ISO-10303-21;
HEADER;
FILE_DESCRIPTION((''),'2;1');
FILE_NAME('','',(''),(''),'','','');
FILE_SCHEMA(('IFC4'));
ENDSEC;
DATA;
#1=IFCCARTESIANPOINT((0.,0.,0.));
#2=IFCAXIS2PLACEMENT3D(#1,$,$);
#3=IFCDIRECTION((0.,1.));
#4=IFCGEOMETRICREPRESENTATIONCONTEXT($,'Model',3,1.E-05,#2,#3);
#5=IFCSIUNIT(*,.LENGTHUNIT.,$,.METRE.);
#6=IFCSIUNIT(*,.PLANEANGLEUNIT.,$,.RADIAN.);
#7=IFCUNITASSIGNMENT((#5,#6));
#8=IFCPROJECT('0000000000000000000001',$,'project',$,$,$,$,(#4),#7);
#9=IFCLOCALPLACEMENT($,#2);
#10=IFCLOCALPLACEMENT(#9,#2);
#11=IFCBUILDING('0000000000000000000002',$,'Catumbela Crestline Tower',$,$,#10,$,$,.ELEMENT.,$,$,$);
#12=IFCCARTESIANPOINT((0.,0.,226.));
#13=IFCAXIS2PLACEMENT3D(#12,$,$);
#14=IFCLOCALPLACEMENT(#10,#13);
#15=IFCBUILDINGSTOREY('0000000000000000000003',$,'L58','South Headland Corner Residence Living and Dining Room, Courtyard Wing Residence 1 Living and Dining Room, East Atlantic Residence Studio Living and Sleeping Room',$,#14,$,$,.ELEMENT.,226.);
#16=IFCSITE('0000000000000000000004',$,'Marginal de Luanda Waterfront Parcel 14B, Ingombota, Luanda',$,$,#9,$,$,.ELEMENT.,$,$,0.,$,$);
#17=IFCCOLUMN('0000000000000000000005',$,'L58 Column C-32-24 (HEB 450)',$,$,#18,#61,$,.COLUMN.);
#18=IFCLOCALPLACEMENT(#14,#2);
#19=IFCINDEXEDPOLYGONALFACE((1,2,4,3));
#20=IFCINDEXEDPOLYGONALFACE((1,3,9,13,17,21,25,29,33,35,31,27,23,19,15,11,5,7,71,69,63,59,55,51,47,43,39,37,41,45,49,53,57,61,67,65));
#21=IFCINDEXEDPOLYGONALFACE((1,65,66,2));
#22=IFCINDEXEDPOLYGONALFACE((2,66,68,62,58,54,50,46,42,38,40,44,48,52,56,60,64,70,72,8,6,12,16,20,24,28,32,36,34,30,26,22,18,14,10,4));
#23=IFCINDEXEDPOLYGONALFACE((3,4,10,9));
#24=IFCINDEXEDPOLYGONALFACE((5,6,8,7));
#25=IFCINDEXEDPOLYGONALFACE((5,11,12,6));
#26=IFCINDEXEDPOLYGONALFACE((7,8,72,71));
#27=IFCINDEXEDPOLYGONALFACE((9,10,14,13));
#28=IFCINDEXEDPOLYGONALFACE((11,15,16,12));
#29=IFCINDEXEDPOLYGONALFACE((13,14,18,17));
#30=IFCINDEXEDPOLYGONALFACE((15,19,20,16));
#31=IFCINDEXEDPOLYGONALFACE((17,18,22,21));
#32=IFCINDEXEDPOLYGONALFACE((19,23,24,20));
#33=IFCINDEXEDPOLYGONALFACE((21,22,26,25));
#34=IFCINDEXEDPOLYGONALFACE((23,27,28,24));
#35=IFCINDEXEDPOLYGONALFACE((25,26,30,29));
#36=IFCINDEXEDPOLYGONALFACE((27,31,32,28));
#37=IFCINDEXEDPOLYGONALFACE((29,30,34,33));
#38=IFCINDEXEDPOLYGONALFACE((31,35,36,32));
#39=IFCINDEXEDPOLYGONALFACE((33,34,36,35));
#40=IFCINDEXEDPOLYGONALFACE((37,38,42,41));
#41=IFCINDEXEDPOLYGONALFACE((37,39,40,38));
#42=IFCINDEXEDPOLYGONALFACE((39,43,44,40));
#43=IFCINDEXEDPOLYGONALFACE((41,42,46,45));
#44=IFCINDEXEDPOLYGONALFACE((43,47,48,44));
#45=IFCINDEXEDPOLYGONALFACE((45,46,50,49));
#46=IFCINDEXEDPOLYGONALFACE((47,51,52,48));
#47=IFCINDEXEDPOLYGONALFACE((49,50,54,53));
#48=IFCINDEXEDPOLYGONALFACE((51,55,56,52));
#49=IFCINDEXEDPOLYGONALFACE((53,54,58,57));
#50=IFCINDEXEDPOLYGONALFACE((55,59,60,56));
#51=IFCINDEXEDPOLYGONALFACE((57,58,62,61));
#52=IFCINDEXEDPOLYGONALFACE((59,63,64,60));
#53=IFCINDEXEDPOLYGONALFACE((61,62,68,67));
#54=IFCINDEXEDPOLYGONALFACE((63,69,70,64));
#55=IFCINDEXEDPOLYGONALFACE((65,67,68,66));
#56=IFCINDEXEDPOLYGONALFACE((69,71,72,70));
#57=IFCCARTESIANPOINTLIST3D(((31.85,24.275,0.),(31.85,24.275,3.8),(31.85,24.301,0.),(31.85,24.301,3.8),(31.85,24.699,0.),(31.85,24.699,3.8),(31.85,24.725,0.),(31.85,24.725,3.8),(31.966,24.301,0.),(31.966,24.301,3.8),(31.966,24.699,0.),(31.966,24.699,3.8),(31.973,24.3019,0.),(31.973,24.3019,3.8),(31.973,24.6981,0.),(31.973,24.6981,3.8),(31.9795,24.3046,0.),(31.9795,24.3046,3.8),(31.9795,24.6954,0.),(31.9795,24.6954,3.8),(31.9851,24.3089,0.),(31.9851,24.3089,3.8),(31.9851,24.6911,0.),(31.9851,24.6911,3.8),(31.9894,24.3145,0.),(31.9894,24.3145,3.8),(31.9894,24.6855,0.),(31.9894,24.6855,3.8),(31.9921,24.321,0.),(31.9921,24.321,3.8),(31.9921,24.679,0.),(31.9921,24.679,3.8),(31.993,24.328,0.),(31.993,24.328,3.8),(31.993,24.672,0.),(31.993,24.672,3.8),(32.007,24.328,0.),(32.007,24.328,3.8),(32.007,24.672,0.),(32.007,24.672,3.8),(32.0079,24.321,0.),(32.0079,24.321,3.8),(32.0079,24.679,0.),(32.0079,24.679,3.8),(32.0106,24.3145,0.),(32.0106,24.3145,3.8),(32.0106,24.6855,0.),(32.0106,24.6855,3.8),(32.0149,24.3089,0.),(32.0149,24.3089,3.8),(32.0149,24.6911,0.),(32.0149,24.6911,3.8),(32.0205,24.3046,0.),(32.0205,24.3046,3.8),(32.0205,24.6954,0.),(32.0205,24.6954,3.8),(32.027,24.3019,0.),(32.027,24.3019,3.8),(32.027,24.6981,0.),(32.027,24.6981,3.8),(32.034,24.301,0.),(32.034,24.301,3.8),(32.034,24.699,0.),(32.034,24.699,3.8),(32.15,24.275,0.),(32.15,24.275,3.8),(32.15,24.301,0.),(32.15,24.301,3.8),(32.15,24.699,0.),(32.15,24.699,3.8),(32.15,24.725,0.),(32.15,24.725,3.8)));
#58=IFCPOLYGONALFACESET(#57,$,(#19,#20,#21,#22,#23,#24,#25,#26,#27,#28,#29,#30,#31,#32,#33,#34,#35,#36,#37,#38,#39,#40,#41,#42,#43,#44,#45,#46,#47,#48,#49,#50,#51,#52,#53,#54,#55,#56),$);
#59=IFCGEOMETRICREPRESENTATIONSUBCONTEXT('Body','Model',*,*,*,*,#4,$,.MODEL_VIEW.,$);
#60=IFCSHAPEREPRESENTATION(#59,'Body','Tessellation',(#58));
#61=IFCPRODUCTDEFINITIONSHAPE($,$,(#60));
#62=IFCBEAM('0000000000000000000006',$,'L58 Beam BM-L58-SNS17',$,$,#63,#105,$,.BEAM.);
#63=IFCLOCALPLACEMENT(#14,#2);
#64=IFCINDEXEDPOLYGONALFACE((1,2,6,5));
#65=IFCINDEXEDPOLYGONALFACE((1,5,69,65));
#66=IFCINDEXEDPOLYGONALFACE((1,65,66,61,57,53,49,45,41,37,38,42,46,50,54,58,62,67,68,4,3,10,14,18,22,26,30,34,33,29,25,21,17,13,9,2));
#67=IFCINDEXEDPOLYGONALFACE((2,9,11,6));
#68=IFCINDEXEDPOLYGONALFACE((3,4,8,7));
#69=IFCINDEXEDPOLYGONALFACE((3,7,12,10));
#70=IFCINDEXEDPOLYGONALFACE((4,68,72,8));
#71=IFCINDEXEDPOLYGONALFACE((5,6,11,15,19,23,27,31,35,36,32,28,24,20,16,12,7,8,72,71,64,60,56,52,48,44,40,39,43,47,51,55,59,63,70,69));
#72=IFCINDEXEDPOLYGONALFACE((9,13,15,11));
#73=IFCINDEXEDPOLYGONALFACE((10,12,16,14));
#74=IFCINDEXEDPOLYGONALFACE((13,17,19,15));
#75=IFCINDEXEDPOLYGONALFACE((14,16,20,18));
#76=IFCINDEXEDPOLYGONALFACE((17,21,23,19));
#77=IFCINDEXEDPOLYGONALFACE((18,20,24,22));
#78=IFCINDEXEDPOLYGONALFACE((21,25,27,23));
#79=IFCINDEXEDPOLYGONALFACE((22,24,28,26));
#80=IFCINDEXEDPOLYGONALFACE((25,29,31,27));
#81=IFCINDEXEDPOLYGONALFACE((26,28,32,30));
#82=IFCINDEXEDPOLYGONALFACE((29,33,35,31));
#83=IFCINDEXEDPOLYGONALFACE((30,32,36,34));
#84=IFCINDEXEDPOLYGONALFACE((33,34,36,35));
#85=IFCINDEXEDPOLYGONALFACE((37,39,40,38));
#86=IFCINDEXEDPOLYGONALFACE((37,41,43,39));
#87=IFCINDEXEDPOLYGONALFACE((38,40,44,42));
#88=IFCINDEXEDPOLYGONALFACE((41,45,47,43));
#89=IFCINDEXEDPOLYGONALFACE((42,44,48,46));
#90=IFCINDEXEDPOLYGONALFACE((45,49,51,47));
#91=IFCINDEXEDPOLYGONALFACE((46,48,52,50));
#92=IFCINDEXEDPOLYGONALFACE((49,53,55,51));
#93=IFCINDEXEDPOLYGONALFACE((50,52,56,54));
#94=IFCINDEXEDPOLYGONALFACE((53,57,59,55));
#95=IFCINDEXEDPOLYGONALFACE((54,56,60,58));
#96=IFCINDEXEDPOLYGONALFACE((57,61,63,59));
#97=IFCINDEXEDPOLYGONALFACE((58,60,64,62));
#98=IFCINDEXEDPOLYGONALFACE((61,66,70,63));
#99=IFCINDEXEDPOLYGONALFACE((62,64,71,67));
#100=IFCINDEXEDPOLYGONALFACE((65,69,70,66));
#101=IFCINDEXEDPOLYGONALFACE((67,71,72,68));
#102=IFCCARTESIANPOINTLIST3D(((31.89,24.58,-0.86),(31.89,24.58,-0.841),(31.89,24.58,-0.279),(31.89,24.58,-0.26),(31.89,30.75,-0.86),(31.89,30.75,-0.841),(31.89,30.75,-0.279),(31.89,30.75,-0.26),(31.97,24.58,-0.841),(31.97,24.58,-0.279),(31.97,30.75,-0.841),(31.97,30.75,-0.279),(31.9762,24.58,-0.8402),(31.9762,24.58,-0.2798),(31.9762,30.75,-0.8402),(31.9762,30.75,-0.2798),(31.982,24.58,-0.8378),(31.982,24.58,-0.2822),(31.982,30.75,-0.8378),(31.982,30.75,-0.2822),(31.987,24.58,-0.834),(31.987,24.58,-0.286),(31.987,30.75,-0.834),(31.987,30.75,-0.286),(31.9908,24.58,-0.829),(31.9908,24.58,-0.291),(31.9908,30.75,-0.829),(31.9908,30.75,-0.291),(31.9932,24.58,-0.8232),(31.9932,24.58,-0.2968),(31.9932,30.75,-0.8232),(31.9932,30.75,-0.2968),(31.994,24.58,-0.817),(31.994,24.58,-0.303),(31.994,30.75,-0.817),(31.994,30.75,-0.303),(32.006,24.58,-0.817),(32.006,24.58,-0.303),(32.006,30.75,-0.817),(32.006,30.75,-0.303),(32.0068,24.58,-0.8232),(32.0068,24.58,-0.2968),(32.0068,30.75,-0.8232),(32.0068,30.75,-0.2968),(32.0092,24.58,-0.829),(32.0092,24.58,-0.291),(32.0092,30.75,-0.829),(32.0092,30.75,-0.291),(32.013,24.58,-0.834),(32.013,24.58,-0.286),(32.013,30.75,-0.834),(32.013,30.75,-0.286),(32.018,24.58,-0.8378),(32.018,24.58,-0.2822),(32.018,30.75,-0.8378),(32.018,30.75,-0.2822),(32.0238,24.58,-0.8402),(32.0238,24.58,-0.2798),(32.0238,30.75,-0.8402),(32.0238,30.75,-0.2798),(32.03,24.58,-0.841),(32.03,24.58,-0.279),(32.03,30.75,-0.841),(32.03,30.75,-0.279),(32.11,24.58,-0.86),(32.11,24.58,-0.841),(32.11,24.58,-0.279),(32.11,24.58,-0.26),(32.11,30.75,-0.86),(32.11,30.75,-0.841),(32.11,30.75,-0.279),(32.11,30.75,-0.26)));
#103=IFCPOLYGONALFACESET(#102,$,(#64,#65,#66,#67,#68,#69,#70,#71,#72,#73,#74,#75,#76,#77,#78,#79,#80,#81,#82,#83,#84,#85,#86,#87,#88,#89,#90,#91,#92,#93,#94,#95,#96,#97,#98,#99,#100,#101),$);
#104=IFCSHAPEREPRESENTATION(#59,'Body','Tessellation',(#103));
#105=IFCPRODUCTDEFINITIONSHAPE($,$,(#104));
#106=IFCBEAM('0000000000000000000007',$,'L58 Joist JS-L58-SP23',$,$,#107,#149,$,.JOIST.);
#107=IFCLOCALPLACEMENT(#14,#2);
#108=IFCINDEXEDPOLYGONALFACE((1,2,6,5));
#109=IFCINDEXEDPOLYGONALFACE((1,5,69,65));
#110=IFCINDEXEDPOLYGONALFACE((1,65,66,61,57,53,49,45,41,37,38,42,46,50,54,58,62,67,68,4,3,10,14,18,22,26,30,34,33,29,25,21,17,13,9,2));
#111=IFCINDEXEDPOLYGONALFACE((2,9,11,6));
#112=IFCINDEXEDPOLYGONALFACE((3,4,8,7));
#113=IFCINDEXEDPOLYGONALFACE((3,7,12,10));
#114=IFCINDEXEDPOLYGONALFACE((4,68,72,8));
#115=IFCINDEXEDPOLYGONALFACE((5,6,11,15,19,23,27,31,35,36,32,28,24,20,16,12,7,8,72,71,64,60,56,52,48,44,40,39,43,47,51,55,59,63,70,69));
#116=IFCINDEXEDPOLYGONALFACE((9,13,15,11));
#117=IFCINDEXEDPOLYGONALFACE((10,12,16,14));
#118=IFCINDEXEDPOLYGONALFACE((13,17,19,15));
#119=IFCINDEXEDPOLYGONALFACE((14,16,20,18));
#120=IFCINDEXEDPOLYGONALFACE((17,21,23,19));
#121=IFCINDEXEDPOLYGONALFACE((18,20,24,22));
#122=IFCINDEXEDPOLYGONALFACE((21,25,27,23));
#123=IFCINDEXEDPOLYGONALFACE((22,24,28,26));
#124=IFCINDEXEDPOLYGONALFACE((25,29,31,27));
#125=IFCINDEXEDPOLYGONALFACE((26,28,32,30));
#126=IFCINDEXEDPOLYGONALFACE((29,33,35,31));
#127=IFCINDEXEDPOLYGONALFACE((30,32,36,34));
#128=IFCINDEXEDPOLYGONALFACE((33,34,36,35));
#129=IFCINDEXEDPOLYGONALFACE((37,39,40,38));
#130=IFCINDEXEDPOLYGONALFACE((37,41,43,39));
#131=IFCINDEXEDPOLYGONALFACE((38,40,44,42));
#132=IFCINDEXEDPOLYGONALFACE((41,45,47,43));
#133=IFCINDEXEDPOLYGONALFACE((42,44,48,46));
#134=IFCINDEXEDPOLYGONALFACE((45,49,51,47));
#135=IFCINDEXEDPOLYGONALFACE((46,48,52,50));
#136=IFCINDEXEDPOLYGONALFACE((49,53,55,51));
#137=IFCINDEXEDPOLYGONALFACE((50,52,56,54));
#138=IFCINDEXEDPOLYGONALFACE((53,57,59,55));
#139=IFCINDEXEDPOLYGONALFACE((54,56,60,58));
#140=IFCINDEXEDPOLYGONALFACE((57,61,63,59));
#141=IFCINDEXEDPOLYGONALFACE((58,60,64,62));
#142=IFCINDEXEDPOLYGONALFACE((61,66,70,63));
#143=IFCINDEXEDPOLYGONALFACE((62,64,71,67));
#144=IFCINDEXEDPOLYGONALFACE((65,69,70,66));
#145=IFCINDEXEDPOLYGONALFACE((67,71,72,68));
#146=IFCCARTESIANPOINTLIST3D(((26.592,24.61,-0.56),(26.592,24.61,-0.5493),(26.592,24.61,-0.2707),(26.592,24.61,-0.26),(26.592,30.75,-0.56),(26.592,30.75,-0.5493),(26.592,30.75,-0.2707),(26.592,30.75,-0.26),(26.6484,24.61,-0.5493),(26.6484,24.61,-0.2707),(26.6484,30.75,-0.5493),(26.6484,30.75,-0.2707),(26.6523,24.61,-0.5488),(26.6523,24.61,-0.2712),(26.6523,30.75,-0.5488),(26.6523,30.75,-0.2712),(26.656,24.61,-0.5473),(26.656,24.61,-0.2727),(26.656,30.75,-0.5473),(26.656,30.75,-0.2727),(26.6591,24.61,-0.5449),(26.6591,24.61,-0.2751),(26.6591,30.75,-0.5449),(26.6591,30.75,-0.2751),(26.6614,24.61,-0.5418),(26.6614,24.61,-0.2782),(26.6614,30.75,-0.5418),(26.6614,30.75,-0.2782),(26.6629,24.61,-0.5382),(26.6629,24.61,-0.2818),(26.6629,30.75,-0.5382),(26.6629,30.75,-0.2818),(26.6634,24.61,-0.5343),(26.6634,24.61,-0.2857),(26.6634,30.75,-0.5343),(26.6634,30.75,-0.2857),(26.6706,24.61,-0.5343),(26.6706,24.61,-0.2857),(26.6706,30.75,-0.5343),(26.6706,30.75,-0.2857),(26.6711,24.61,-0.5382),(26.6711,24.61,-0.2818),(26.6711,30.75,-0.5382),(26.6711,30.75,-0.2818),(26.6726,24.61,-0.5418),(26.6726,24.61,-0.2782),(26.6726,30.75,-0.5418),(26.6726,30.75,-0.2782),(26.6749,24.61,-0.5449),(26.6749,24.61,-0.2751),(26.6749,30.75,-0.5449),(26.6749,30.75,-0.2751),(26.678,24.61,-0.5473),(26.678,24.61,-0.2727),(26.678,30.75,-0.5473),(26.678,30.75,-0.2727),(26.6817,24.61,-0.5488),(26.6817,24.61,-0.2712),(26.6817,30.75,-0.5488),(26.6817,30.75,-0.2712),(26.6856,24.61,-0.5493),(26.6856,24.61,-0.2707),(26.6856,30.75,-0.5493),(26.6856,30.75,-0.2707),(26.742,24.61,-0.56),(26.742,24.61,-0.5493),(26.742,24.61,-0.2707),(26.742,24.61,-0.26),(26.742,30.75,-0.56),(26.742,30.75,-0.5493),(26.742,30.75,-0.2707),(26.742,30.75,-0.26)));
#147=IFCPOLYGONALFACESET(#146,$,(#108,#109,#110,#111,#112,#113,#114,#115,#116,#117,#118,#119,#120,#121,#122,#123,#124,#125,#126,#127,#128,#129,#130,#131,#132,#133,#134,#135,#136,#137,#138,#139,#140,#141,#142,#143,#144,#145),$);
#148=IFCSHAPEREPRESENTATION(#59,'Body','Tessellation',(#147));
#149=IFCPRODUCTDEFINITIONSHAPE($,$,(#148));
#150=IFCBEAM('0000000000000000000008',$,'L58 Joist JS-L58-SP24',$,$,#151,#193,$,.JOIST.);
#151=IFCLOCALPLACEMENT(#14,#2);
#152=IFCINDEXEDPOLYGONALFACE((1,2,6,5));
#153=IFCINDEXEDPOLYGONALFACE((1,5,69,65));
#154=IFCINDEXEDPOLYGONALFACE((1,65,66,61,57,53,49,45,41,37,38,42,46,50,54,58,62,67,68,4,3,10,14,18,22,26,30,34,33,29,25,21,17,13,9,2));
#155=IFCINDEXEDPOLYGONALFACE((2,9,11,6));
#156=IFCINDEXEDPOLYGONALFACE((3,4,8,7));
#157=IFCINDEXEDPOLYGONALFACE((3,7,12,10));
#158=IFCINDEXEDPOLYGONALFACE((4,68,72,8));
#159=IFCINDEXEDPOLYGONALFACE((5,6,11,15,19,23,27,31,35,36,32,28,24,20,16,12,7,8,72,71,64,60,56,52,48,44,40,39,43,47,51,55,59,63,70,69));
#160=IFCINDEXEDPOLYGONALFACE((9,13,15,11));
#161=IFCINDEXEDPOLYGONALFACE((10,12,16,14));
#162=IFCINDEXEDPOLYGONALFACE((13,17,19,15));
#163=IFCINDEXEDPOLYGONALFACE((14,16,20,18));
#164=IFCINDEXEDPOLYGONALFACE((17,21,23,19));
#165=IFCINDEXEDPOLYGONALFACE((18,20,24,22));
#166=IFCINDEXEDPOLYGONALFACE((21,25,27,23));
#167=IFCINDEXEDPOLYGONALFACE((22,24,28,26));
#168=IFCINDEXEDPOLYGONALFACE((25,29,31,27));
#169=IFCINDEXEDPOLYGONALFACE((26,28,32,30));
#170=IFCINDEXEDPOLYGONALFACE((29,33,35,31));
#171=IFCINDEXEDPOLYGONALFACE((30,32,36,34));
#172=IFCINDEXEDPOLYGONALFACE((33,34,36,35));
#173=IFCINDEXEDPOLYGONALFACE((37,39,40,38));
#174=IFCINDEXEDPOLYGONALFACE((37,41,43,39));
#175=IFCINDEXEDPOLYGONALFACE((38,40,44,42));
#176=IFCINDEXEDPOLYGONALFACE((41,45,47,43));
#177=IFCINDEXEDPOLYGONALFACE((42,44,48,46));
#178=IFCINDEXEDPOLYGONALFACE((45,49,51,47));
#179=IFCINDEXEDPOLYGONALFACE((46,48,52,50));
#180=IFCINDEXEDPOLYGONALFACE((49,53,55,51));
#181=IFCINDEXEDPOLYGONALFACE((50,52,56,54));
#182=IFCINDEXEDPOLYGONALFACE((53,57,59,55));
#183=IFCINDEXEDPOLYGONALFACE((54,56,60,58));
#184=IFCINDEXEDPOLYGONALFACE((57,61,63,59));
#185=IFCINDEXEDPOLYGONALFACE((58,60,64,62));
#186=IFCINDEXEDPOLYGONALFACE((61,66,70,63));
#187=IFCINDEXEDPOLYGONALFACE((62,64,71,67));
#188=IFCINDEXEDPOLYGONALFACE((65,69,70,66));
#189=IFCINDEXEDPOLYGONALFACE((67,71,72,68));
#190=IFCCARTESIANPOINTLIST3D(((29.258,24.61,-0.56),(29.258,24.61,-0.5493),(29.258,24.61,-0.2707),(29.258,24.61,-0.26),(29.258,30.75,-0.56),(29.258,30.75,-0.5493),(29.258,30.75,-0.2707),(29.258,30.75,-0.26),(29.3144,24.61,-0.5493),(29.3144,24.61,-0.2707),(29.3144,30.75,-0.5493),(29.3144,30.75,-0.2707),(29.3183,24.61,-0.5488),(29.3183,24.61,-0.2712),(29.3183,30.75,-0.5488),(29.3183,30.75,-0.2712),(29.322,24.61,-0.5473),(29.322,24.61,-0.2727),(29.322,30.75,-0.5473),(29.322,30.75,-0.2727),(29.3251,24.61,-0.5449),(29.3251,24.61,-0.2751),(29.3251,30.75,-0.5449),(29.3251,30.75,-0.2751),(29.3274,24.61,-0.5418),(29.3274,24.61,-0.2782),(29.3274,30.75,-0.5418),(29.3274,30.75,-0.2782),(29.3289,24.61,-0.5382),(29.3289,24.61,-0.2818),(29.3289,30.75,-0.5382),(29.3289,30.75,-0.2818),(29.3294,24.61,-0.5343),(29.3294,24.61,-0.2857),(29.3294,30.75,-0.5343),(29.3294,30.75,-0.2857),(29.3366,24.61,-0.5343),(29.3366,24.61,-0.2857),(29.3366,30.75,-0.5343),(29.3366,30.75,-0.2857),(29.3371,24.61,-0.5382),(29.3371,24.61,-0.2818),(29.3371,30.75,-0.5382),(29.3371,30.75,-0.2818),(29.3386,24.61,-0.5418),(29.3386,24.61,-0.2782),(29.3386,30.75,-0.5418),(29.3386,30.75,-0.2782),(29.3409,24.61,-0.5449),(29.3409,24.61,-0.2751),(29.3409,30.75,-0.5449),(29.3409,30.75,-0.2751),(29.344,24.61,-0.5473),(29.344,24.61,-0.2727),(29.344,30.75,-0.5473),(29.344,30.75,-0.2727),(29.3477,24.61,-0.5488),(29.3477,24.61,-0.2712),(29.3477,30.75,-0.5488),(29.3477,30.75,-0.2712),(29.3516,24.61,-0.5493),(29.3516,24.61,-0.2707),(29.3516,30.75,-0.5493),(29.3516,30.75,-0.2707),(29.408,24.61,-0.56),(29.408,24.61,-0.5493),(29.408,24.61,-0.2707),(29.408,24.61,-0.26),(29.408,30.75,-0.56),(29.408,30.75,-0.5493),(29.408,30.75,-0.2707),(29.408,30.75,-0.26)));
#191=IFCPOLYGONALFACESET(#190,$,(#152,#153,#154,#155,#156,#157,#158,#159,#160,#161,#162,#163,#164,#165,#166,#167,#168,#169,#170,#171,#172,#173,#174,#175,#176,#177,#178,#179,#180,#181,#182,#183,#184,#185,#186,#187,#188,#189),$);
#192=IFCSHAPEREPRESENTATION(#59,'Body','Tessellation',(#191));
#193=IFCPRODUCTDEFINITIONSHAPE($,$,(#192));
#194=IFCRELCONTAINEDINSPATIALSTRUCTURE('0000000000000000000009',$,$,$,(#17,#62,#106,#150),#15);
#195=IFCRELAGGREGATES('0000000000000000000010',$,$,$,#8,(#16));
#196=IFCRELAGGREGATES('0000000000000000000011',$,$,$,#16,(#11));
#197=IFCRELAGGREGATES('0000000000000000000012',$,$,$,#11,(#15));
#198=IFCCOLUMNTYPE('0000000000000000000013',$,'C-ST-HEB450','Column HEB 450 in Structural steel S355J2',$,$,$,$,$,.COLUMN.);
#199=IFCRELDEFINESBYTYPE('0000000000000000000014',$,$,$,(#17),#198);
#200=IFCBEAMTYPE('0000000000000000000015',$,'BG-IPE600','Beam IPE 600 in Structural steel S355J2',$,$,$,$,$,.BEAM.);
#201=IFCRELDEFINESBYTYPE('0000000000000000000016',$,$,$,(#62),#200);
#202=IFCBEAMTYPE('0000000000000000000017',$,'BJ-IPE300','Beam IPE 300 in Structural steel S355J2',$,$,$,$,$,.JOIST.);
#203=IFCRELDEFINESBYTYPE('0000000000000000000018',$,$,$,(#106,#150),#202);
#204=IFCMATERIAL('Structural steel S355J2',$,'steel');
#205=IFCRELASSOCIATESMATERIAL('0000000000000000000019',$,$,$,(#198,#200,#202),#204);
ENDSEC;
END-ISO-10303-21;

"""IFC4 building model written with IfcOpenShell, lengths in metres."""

from ifc_helpers import new_model, si_unit, direction, frame, origin, origin_2d, place, context, subcontext, project, spatial, i_section, extrude, material, material_profile, profile_set, type_object, element, save


model = new_model("IFC4")

# Units and contexts
model_context = context("Model", 3, precision=1e-05, world=origin(), true_north=direction((0.0, 1.0)))
body_context = subcontext(model_context, "Body", "Model", "MODEL_VIEW")
ifc_project = project(units=[si_unit("LENGTHUNIT", "METRE"), si_unit("PLANEANGLEUNIT", "RADIAN")], contexts=[model_context])

# Site, building, storey
site_placement = place(None, origin())
site = spatial("IfcSite", under=ifc_project, at=site_placement, Name="Marginal de Luanda Waterfront Parcel 14B, Ingombota, Luanda", CompositionType="ELEMENT", RefElevation=0.0)
building_placement = place(site_placement, origin())
building = spatial("IfcBuilding", under=site, at=building_placement, Name="Catumbela Crestline Tower", CompositionType="ELEMENT")
storey_placement = place(building_placement, frame((0.0, 0.0, 226.0)))
storey = spatial("IfcBuildingStorey", under=building, at=storey_placement, Name="L58", Description="South Headland Corner Residence Living and Dining Room, Courtyard Wing Residence 1 Living and Dining Room, East Atlantic Residence Studio Living and Sleeping Room", CompositionType="ELEMENT", Elevation=226.0)

# Column
ifc_material_1 = material(Name="Structural steel S355J2", Category="steel")
ifc_material_profile_1 = material_profile(ifc_material_1, i_section(OverallWidth=0.3, OverallDepth=0.45, WebThickness=0.014, FlangeThickness=0.026, FilletRadius=0.027, at=origin_2d()), Name="HEB 450")
ifc_profile_set_1 = profile_set([ifc_material_profile_1], Name="Structural steel S355J2")
column_type = type_object("IfcColumnType", Name="C-ST-HEB450", Description="Column HEB 450 in Structural steel S355J2", PredefinedType="COLUMN", material=ifc_profile_set_1)
column_placement = place(storey_placement, frame((32.0, 24.5, 0.0), z_axis=(0.0, 0.0, 1.0), x_axis=(1.0, 0.0, 0.0)))
element("IfcColumn", 1, at=column_placement, inside=storey, type_object=column_type, Name="L58 Column C-32-24 (HEB 450)", PredefinedType="COLUMN", context=body_context, shape_type="SweptSolid", body=[
    extrude(i_section(OverallWidth=0.3, OverallDepth=0.45, WebThickness=0.014, FlangeThickness=0.026, FilletRadius=0.027, at=origin_2d()), origin(), (0.0, 0.0, 1.0), 3.8),
])

# Beams
ifc_material_profile_2 = material_profile(ifc_material_1, i_section(OverallWidth=0.22, OverallDepth=0.6, WebThickness=0.012, FlangeThickness=0.019, FilletRadius=0.024, at=origin_2d()), Name="IPE 600")
ifc_profile_set_2 = profile_set([ifc_material_profile_2], Name="Structural steel S355J2")
beam_type_1 = type_object("IfcBeamType", Name="BG-IPE600", Description="Beam IPE 600 in Structural steel S355J2", PredefinedType="BEAM", material=ifc_profile_set_2)
beam_1_placement = place(storey_placement, frame((32.0, 24.58, -0.56), z_axis=(0.0, 1.0, 0.0), x_axis=(-1.0, 0.0, 0.0)))
element("IfcBeam", 2, at=beam_1_placement, inside=storey, type_object=beam_type_1, Name="L58 Beam BM-L58-SNS17", PredefinedType="BEAM", context=body_context, shape_type="SweptSolid", body=[
    extrude(i_section(OverallWidth=0.22, OverallDepth=0.6, WebThickness=0.012, FlangeThickness=0.019, FilletRadius=0.024, at=origin_2d()), origin(), (0.0, 0.0, 1.0), 6.17),
])
ifc_material_profile_3 = material_profile(ifc_material_1, i_section(OverallWidth=0.15, OverallDepth=0.3, WebThickness=0.0071, FlangeThickness=0.0107, FilletRadius=0.015, at=origin_2d()), Name="IPE 300")
ifc_profile_set_3 = profile_set([ifc_material_profile_3], Name="Structural steel S355J2")
beam_type_2 = type_object("IfcBeamType", Name="BJ-IPE300", Description="Beam IPE 300 in Structural steel S355J2", PredefinedType="JOIST", material=ifc_profile_set_3)
for number, where, z_axis, x_axis, name in (
    (3, (26.667, 24.61, -0.41), (0.0, 1.0, 0.0), (-1.0, 0.0, 0.0), "L58 Joist JS-L58-SP23"),
    (4, (29.333, 24.61, -0.41), (0.0, 1.0, 0.0), (-1.0, 0.0, 0.0), "L58 Joist JS-L58-SP24"),
):
    element("IfcBeam", number, at=place(storey_placement, frame(where, z_axis=z_axis, x_axis=x_axis)), inside=storey, type_object=beam_type_2, Name=name, PredefinedType="JOIST", context=body_context, shape_type="SweptSolid", body=[
        extrude(i_section(OverallWidth=0.15, OverallDepth=0.3, WebThickness=0.0071, FlangeThickness=0.0107, FilletRadius=0.015, at=origin_2d()), origin(), (0.0, 0.0, 1.0), 6.14),
    ])

save(model, "model.ifc")
